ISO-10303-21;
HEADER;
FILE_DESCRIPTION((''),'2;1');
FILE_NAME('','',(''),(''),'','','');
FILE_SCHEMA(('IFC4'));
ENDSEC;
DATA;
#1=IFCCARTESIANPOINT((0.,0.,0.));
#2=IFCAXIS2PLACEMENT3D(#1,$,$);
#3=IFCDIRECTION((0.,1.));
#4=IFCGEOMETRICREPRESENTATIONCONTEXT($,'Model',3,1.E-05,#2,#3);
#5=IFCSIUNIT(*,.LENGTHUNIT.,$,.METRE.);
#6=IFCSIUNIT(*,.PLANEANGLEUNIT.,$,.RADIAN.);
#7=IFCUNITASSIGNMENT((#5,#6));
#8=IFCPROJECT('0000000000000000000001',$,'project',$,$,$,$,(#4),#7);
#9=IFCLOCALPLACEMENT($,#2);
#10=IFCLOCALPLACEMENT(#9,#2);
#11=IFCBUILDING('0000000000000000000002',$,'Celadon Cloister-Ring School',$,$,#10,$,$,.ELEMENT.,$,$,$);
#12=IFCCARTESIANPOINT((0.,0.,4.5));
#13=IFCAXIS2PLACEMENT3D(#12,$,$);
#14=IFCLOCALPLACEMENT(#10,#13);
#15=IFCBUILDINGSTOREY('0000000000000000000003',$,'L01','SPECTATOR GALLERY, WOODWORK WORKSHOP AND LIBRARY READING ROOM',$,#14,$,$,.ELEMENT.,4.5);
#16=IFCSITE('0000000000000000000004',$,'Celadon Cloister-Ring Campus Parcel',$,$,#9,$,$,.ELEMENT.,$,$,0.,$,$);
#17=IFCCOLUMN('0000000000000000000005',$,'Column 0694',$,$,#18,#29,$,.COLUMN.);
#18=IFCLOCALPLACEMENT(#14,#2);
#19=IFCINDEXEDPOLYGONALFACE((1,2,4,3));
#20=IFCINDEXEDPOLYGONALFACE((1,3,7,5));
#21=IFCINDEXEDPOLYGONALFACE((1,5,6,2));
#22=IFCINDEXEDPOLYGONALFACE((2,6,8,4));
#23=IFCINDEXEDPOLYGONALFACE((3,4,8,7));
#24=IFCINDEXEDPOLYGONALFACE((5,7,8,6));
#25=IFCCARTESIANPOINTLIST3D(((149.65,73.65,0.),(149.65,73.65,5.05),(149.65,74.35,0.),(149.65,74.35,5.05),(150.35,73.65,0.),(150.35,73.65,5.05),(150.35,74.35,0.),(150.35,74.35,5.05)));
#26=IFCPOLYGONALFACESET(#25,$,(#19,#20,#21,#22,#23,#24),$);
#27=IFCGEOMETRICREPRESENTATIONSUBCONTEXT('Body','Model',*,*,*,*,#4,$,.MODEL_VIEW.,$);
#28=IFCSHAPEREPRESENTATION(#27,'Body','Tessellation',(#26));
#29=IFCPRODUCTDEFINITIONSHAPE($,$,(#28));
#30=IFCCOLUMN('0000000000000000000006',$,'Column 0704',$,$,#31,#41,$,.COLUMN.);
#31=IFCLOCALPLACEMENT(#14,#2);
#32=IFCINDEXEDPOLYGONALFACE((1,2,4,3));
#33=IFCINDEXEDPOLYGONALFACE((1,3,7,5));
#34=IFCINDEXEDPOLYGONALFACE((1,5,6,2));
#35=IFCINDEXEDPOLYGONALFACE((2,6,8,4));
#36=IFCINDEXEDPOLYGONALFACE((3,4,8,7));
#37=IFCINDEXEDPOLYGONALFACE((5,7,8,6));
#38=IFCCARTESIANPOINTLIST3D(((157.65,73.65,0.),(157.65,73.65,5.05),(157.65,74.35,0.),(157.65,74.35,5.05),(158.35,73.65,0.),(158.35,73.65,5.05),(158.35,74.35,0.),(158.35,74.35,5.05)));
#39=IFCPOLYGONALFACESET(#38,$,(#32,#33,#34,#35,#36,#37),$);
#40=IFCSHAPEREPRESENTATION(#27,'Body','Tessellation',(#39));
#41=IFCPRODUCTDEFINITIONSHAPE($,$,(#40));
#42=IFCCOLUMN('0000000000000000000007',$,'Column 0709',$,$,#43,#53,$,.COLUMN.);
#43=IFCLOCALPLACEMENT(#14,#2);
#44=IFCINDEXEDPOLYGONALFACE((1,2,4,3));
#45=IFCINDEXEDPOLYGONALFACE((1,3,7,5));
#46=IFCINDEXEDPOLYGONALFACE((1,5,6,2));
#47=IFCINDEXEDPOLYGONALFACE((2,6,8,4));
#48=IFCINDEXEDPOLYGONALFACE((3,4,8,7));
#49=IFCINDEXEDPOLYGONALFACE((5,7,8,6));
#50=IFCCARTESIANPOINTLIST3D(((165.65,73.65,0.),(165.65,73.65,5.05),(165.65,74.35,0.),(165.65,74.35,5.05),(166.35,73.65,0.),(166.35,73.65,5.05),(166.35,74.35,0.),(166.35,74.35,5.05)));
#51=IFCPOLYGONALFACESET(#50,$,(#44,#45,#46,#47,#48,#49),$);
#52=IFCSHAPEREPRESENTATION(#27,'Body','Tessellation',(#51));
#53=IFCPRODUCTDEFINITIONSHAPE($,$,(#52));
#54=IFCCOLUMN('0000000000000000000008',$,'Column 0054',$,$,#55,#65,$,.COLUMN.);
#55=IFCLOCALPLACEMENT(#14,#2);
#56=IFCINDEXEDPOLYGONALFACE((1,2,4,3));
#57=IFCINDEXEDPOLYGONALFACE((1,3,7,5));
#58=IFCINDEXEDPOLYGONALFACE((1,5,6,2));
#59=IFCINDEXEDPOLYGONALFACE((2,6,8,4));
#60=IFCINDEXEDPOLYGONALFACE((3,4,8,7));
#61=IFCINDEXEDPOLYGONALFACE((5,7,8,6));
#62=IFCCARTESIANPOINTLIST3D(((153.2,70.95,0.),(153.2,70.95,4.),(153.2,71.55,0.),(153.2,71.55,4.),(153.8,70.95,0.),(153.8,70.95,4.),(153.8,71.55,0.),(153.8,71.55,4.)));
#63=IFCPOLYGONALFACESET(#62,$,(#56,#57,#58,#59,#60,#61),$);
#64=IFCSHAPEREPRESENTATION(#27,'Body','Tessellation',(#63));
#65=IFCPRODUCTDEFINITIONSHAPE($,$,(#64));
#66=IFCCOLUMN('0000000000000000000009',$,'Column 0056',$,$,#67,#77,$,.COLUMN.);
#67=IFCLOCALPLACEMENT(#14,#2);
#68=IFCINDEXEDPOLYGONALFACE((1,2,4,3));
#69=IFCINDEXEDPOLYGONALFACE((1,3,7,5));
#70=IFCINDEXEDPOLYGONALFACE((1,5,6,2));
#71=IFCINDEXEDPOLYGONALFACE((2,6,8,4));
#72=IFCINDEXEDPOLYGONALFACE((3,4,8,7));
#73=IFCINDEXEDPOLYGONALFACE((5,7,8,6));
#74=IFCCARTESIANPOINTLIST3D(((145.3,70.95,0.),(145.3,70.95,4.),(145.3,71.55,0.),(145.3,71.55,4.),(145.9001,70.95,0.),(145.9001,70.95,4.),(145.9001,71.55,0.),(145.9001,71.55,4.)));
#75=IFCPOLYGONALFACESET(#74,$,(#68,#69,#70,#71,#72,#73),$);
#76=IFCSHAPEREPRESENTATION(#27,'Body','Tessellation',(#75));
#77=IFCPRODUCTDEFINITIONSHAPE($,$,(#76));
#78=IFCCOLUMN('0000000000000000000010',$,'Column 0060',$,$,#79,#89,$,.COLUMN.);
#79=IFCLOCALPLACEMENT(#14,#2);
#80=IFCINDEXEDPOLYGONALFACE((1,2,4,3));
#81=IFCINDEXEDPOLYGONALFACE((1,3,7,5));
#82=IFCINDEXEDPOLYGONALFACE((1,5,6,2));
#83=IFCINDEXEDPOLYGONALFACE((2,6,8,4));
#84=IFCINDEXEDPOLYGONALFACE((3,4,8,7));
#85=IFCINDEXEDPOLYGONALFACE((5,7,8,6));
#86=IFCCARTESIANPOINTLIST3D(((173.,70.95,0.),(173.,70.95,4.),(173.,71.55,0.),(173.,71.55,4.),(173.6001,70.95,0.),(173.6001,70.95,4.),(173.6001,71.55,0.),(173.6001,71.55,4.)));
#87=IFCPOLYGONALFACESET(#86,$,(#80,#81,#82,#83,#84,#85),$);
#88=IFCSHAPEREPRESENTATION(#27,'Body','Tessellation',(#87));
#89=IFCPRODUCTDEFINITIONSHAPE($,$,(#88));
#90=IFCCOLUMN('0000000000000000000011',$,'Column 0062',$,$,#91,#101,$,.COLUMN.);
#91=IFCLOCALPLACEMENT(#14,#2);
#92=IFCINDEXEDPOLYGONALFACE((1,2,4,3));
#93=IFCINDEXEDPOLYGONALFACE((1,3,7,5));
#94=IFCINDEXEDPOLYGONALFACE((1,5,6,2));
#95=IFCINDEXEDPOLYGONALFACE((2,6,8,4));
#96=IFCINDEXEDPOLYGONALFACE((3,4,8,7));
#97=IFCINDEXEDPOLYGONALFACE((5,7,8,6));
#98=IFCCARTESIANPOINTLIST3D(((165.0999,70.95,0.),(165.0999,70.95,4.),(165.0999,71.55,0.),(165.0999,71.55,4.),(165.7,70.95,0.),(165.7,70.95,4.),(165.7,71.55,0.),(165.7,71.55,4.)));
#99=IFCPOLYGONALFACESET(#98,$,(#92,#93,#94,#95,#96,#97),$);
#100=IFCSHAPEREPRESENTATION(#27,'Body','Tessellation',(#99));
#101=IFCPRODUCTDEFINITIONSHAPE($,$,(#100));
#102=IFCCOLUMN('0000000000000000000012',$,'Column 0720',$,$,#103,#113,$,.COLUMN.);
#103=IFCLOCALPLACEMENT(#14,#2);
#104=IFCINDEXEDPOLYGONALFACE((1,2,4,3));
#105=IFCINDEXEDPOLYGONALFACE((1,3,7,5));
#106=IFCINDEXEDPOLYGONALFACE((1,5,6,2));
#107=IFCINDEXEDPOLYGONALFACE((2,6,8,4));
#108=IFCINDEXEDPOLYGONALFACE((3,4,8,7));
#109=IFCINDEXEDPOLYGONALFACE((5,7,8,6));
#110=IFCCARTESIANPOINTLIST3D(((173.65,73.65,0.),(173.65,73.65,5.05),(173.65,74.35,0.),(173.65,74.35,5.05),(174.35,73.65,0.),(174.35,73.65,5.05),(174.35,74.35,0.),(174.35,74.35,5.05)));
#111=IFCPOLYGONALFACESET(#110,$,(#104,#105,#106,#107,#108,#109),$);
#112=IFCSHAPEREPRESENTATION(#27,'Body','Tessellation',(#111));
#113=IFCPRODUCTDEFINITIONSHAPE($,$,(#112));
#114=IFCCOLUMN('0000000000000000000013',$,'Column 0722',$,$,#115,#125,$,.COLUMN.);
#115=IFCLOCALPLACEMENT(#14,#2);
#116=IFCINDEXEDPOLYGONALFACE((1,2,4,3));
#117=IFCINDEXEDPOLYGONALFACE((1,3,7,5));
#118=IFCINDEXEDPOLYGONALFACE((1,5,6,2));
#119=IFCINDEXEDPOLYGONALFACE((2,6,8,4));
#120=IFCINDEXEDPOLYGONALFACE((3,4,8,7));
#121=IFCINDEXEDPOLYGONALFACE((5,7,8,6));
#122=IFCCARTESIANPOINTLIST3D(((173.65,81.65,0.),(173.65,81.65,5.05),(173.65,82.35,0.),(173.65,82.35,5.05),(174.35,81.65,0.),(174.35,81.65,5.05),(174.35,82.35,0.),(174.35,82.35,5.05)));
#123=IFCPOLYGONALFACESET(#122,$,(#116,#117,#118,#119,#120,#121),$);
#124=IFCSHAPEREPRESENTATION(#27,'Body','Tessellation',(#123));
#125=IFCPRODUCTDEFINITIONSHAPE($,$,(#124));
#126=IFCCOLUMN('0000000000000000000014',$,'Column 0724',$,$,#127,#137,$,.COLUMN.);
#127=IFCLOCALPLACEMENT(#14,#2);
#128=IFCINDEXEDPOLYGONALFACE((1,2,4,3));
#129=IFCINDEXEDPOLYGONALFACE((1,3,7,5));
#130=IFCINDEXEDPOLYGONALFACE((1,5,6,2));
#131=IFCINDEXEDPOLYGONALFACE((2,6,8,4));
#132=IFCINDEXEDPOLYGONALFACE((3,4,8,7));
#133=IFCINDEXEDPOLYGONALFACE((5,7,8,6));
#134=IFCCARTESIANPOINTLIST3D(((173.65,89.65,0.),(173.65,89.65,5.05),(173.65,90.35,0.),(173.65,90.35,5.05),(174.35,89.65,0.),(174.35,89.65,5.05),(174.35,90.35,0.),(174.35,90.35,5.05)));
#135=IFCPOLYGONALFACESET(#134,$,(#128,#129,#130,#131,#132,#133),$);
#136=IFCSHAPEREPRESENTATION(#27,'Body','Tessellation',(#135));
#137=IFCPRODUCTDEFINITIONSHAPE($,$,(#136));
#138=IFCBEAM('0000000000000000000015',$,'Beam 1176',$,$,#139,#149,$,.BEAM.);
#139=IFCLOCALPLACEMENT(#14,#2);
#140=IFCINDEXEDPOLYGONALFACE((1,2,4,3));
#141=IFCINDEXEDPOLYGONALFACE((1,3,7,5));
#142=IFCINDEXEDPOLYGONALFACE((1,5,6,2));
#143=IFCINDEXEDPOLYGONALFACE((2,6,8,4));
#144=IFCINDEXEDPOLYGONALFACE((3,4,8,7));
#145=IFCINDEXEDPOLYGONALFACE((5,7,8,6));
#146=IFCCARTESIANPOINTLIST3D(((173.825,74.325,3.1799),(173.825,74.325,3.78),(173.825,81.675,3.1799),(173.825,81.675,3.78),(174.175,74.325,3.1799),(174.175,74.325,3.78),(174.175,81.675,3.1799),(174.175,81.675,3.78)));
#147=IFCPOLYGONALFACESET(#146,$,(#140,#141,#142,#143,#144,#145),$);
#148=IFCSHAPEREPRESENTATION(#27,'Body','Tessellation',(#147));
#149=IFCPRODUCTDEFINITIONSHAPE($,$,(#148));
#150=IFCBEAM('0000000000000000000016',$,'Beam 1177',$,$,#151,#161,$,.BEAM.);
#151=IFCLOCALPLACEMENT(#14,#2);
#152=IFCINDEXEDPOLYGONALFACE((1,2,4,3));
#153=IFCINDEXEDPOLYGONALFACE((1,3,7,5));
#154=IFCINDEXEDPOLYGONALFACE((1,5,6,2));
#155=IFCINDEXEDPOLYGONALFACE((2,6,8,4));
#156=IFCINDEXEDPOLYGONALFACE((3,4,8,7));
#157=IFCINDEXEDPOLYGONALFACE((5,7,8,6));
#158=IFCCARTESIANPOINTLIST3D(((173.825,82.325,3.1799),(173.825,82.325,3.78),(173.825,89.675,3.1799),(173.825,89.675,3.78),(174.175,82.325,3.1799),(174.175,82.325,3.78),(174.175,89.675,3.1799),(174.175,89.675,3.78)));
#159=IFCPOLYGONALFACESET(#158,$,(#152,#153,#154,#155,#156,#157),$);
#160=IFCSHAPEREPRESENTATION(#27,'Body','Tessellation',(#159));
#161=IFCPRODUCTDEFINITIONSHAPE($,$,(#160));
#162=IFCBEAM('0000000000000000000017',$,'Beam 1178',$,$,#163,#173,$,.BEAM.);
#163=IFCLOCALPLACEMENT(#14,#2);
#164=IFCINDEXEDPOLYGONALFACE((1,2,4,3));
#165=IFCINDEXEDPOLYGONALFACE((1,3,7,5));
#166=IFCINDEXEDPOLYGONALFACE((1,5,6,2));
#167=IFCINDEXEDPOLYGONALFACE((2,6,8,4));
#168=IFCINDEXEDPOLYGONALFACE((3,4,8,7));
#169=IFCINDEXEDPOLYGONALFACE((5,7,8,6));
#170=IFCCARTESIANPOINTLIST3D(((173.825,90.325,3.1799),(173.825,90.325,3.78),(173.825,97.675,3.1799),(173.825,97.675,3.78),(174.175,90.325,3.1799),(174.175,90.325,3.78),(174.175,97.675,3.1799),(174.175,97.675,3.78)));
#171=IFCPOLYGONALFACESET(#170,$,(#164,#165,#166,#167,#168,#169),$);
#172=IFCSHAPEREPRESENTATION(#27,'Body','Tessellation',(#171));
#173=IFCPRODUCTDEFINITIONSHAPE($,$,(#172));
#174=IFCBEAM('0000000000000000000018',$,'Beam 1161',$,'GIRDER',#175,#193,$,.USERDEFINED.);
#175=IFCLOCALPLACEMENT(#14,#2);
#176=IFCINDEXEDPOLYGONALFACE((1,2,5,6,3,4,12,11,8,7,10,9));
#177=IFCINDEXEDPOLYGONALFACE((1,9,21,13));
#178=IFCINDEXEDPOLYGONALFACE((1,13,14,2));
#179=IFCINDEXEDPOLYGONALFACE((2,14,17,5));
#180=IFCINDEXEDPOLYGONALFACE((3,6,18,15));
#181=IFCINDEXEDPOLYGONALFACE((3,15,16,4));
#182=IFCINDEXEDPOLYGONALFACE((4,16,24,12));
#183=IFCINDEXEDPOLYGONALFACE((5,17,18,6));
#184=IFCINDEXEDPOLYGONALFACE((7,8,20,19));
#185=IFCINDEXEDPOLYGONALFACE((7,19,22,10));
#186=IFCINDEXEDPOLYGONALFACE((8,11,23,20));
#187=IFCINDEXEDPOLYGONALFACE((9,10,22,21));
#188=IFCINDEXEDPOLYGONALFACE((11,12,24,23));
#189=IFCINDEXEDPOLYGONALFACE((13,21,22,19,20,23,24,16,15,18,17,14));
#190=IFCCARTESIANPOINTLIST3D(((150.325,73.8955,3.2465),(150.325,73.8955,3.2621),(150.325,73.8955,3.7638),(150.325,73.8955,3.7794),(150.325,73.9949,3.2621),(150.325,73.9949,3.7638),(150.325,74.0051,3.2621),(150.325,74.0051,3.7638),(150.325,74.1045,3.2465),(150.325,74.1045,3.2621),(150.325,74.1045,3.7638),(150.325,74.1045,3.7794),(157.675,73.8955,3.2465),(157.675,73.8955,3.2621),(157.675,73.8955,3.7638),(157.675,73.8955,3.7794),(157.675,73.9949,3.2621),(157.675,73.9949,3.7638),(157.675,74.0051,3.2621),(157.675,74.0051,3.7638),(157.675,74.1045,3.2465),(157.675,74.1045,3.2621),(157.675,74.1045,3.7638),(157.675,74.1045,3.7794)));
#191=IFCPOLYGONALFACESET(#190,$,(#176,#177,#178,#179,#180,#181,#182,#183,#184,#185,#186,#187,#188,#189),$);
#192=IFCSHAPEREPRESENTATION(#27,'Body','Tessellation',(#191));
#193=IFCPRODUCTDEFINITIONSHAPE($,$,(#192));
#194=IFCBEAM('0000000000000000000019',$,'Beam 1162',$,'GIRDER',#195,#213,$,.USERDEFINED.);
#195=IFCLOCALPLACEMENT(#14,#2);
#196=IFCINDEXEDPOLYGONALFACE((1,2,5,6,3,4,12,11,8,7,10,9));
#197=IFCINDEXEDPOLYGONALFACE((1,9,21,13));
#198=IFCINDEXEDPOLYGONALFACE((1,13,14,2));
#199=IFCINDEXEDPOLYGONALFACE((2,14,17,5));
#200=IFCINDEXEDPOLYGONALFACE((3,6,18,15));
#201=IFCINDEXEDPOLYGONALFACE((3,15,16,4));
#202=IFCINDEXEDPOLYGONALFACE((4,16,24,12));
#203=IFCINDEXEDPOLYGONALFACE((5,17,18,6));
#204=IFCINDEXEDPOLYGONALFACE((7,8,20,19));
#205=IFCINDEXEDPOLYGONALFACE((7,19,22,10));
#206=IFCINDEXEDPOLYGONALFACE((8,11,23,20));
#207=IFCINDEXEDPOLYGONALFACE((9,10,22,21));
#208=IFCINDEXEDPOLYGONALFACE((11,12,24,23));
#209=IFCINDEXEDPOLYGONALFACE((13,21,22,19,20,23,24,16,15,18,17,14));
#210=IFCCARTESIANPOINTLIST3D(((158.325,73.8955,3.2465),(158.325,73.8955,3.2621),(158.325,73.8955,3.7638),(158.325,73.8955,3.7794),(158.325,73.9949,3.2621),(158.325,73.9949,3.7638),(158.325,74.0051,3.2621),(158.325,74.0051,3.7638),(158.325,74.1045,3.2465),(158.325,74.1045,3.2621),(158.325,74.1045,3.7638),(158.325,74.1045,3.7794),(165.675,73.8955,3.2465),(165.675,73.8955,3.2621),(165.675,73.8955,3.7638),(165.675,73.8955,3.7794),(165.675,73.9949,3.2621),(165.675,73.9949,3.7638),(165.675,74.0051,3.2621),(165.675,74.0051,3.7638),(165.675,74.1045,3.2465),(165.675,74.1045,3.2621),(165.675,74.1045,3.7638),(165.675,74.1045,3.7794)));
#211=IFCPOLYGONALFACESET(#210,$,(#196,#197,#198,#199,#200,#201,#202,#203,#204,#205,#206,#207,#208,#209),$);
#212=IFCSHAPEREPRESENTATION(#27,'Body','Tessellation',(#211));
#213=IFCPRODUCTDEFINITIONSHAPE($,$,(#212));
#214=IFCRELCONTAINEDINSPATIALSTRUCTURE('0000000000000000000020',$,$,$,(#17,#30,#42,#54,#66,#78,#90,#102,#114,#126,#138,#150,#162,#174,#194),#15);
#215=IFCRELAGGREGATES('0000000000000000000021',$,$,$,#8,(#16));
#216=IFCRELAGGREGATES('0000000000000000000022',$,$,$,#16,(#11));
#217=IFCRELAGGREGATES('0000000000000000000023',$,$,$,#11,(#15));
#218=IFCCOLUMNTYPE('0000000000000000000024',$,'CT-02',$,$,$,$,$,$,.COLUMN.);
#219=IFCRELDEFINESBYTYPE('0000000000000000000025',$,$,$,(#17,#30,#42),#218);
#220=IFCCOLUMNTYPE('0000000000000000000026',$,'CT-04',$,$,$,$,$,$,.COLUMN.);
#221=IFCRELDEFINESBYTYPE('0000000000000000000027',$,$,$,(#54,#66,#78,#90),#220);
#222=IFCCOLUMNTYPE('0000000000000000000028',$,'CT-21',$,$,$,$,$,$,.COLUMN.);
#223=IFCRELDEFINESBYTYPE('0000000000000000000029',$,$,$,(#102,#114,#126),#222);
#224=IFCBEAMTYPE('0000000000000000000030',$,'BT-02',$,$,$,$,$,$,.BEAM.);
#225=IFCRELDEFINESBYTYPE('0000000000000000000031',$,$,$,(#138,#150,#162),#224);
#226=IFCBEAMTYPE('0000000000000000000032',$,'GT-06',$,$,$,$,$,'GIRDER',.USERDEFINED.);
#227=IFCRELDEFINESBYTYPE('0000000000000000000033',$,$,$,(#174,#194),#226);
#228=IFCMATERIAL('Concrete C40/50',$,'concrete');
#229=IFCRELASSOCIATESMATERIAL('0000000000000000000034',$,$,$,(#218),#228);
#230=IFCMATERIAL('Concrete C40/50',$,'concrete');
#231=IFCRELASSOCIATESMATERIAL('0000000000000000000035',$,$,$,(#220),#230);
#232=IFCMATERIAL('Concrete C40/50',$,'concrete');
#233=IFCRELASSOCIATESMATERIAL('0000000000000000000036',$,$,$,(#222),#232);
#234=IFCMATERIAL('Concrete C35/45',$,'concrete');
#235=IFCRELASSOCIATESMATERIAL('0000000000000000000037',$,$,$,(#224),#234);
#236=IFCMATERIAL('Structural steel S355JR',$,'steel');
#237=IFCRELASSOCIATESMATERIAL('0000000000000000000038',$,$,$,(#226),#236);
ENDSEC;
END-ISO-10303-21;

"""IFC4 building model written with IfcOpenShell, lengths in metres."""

from ifc_helpers import new_model, si_unit, direction, frame, origin, origin_2d, place, context, subcontext, project, spatial, rectangle, i_section, extrude, material, material_profile, profile_set, type_object, element, save


model = new_model("IFC4")

# Units and contexts
model_context = context("Model", 3, precision=1e-05, world=origin(), true_north=direction((0.0, 1.0)))
body_context = subcontext(model_context, "Body", "Model", "MODEL_VIEW")
ifc_project = project(units=[si_unit("LENGTHUNIT", "METRE"), si_unit("PLANEANGLEUNIT", "RADIAN")], contexts=[model_context])

# Site, building, storey
site_placement = place(None, origin())
site = spatial("IfcSite", under=ifc_project, at=site_placement, Name="Celadon Cloister-Ring Campus Parcel", CompositionType="ELEMENT", RefElevation=0.0)
building_placement = place(site_placement, origin())
building = spatial("IfcBuilding", under=site, at=building_placement, Name="Celadon Cloister-Ring School", CompositionType="ELEMENT")
storey_placement = place(building_placement, frame((0.0, 0.0, 4.5)))
storey = spatial("IfcBuildingStorey", under=building, at=storey_placement, Name="L01", Description="SPECTATOR GALLERY, WOODWORK WORKSHOP AND LIBRARY READING ROOM", CompositionType="ELEMENT", Elevation=4.5)

# Columns
ifc_material_1 = material(Name="Concrete C40/50", Category="concrete")
ifc_material_profile_1 = material_profile(ifc_material_1, rectangle(XDim=0.7, YDim=0.7, at=origin_2d()), Name="RC700X700")
ifc_profile_set_1 = profile_set([ifc_material_profile_1], Name="Concrete C40/50")
column_type_1 = type_object("IfcColumnType", Name="CT-02", PredefinedType="COLUMN", material=ifc_profile_set_1)
for number, where, z_axis, x_axis, name in (
    (1, (150.0, 74.0, 0.0), (0.0, 0.0, 1.0), (1.0, 0.0, 0.0), "Column 0694"),
    (2, (158.0, 74.0, 0.0), (0.0, 0.0, 1.0), (1.0, 0.0, 0.0), "Column 0704"),
    (3, (166.0, 74.0, 0.0), (0.0, 0.0, 1.0), (1.0, 0.0, 0.0), "Column 0709"),
):
    element("IfcColumn", number, at=place(storey_placement, frame(where, z_axis=z_axis, x_axis=x_axis)), inside=storey, type_object=column_type_1, Name=name, PredefinedType="COLUMN", context=body_context, shape_type="SweptSolid", body=[
        extrude(rectangle(XDim=0.7, YDim=0.7, at=origin_2d()), origin(), (0.0, 0.0, 1.0), 5.05),
    ])
ifc_material_2 = material(Name="Concrete C40/50", Category="concrete")
ifc_material_profile_2 = material_profile(ifc_material_2, rectangle(XDim=0.6001, YDim=0.6001, at=origin_2d()), Name="RC600X600")
ifc_profile_set_2 = profile_set([ifc_material_profile_2], Name="Concrete C40/50")
column_type_2 = type_object("IfcColumnType", Name="CT-04", PredefinedType="COLUMN", material=ifc_profile_set_2)
for number, where, z_axis, x_axis, name in (
    (4, (153.5, 71.25, 0.0), (0.0, 0.0, 1.0), (1.0, 0.0, 0.0), "Column 0054"),
    (5, (145.6001, 71.25, 0.0), (0.0, 0.0, 1.0), (1.0, 0.0, 0.0), "Column 0056"),
    (6, (173.3, 71.25, 0.0), (0.0, 0.0, 1.0), (1.0, 0.0, 0.0), "Column 0060"),
    (7, (165.3999, 71.25, 0.0), (0.0, 0.0, 1.0), (1.0, 0.0, 0.0), "Column 0062"),
):
    element("IfcColumn", number, at=place(storey_placement, frame(where, z_axis=z_axis, x_axis=x_axis)), inside=storey, type_object=column_type_2, Name=name, PredefinedType="COLUMN", context=body_context, shape_type="SweptSolid", body=[
        extrude(rectangle(XDim=0.6001, YDim=0.6001, at=origin_2d()), origin(), (0.0, 0.0, 1.0), 4.0),
    ])
ifc_material_3 = material(Name="Concrete C40/50", Category="concrete")
ifc_material_profile_3 = material_profile(ifc_material_3, rectangle(XDim=0.7, YDim=0.7, at=origin_2d()), Name="RC700X700")
ifc_profile_set_3 = profile_set([ifc_material_profile_3], Name="Concrete C40/50")
column_type_3 = type_object("IfcColumnType", Name="CT-21", PredefinedType="COLUMN", material=ifc_profile_set_3)
for number, where, z_axis, x_axis, name in (
    (8, (174.0, 74.0, 0.0), (0.0, 0.0, 1.0), (1.0, 0.0, 0.0), "Column 0720"),
    (9, (174.0, 82.0, 0.0), (0.0, 0.0, 1.0), (1.0, 0.0, 0.0), "Column 0722"),
    (10, (174.0, 90.0, 0.0), (0.0, 0.0, 1.0), (1.0, 0.0, 0.0), "Column 0724"),
):
    element("IfcColumn", number, at=place(storey_placement, frame(where, z_axis=z_axis, x_axis=x_axis)), inside=storey, type_object=column_type_3, Name=name, PredefinedType="COLUMN", context=body_context, shape_type="SweptSolid", body=[
        extrude(rectangle(XDim=0.7, YDim=0.7, at=origin_2d()), origin(), (0.0, 0.0, 1.0), 5.05),
    ])

# Beams
ifc_material_4 = material(Name="Concrete C35/45", Category="concrete")
ifc_material_profile_4 = material_profile(ifc_material_4, rectangle(XDim=0.3501, YDim=0.6001, at=origin_2d()), Name="RC350X600")
ifc_profile_set_4 = profile_set([ifc_material_profile_4], Name="Concrete C35/45")
beam_type_1 = type_object("IfcBeamType", Name="BT-02", PredefinedType="BEAM", material=ifc_profile_set_4)
for number, where, z_axis, x_axis, name in (
    (11, (174.0, 74.325, 3.48), (0.0, 1.0, 0.0), (-1.0, 0.0, 0.0), "Beam 1176"),
    (12, (174.0, 82.325, 3.48), (0.0, 1.0, 0.0), (-1.0, 0.0, 0.0), "Beam 1177"),
    (13, (174.0, 90.325, 3.48), (0.0, 1.0, 0.0), (-1.0, 0.0, 0.0), "Beam 1178"),
):
    element("IfcBeam", number, at=place(storey_placement, frame(where, z_axis=z_axis, x_axis=x_axis)), inside=storey, type_object=beam_type_1, Name=name, PredefinedType="BEAM", context=body_context, shape_type="SweptSolid", body=[
        extrude(rectangle(XDim=0.3501, YDim=0.6001, at=origin_2d()), origin(), (0.0, 0.0, 1.0), 7.3501),
    ])
ifc_material_5 = material(Name="Structural steel S355JR", Category="steel")
ifc_material_profile_5 = material_profile(ifc_material_5, i_section(OverallWidth=0.209, OverallDepth=0.533, WebThickness=0.0103, FlangeThickness=0.0156, at=origin_2d()), Name="W530X92")
ifc_profile_set_5 = profile_set([ifc_material_profile_5], Name="Structural steel S355JR")
beam_type_2 = type_object("IfcBeamType", Name="GT-06", ElementType="GIRDER", PredefinedType="USERDEFINED", material=ifc_profile_set_5)
for number, where, z_axis, x_axis, name in (
    (14, (150.325, 74.0, 3.5129), (1.0, 0.0, 0.0), (0.0, 1.0, 0.0), "Beam 1161"),
    (15, (158.325, 74.0, 3.5129), (1.0, 0.0, 0.0), (0.0, 1.0, 0.0), "Beam 1162"),
):
    element("IfcBeam", number, at=place(storey_placement, frame(where, z_axis=z_axis, x_axis=x_axis)), inside=storey, type_object=beam_type_2, Name=name, ObjectType="GIRDER", PredefinedType="USERDEFINED", context=body_context, shape_type="SweptSolid", body=[
        extrude(i_section(OverallWidth=0.209, OverallDepth=0.533, WebThickness=0.0103, FlangeThickness=0.0156, at=origin_2d()), origin(), (0.0, 0.0, 1.0), 7.3501),
    ])

save(model, "model.ifc")
